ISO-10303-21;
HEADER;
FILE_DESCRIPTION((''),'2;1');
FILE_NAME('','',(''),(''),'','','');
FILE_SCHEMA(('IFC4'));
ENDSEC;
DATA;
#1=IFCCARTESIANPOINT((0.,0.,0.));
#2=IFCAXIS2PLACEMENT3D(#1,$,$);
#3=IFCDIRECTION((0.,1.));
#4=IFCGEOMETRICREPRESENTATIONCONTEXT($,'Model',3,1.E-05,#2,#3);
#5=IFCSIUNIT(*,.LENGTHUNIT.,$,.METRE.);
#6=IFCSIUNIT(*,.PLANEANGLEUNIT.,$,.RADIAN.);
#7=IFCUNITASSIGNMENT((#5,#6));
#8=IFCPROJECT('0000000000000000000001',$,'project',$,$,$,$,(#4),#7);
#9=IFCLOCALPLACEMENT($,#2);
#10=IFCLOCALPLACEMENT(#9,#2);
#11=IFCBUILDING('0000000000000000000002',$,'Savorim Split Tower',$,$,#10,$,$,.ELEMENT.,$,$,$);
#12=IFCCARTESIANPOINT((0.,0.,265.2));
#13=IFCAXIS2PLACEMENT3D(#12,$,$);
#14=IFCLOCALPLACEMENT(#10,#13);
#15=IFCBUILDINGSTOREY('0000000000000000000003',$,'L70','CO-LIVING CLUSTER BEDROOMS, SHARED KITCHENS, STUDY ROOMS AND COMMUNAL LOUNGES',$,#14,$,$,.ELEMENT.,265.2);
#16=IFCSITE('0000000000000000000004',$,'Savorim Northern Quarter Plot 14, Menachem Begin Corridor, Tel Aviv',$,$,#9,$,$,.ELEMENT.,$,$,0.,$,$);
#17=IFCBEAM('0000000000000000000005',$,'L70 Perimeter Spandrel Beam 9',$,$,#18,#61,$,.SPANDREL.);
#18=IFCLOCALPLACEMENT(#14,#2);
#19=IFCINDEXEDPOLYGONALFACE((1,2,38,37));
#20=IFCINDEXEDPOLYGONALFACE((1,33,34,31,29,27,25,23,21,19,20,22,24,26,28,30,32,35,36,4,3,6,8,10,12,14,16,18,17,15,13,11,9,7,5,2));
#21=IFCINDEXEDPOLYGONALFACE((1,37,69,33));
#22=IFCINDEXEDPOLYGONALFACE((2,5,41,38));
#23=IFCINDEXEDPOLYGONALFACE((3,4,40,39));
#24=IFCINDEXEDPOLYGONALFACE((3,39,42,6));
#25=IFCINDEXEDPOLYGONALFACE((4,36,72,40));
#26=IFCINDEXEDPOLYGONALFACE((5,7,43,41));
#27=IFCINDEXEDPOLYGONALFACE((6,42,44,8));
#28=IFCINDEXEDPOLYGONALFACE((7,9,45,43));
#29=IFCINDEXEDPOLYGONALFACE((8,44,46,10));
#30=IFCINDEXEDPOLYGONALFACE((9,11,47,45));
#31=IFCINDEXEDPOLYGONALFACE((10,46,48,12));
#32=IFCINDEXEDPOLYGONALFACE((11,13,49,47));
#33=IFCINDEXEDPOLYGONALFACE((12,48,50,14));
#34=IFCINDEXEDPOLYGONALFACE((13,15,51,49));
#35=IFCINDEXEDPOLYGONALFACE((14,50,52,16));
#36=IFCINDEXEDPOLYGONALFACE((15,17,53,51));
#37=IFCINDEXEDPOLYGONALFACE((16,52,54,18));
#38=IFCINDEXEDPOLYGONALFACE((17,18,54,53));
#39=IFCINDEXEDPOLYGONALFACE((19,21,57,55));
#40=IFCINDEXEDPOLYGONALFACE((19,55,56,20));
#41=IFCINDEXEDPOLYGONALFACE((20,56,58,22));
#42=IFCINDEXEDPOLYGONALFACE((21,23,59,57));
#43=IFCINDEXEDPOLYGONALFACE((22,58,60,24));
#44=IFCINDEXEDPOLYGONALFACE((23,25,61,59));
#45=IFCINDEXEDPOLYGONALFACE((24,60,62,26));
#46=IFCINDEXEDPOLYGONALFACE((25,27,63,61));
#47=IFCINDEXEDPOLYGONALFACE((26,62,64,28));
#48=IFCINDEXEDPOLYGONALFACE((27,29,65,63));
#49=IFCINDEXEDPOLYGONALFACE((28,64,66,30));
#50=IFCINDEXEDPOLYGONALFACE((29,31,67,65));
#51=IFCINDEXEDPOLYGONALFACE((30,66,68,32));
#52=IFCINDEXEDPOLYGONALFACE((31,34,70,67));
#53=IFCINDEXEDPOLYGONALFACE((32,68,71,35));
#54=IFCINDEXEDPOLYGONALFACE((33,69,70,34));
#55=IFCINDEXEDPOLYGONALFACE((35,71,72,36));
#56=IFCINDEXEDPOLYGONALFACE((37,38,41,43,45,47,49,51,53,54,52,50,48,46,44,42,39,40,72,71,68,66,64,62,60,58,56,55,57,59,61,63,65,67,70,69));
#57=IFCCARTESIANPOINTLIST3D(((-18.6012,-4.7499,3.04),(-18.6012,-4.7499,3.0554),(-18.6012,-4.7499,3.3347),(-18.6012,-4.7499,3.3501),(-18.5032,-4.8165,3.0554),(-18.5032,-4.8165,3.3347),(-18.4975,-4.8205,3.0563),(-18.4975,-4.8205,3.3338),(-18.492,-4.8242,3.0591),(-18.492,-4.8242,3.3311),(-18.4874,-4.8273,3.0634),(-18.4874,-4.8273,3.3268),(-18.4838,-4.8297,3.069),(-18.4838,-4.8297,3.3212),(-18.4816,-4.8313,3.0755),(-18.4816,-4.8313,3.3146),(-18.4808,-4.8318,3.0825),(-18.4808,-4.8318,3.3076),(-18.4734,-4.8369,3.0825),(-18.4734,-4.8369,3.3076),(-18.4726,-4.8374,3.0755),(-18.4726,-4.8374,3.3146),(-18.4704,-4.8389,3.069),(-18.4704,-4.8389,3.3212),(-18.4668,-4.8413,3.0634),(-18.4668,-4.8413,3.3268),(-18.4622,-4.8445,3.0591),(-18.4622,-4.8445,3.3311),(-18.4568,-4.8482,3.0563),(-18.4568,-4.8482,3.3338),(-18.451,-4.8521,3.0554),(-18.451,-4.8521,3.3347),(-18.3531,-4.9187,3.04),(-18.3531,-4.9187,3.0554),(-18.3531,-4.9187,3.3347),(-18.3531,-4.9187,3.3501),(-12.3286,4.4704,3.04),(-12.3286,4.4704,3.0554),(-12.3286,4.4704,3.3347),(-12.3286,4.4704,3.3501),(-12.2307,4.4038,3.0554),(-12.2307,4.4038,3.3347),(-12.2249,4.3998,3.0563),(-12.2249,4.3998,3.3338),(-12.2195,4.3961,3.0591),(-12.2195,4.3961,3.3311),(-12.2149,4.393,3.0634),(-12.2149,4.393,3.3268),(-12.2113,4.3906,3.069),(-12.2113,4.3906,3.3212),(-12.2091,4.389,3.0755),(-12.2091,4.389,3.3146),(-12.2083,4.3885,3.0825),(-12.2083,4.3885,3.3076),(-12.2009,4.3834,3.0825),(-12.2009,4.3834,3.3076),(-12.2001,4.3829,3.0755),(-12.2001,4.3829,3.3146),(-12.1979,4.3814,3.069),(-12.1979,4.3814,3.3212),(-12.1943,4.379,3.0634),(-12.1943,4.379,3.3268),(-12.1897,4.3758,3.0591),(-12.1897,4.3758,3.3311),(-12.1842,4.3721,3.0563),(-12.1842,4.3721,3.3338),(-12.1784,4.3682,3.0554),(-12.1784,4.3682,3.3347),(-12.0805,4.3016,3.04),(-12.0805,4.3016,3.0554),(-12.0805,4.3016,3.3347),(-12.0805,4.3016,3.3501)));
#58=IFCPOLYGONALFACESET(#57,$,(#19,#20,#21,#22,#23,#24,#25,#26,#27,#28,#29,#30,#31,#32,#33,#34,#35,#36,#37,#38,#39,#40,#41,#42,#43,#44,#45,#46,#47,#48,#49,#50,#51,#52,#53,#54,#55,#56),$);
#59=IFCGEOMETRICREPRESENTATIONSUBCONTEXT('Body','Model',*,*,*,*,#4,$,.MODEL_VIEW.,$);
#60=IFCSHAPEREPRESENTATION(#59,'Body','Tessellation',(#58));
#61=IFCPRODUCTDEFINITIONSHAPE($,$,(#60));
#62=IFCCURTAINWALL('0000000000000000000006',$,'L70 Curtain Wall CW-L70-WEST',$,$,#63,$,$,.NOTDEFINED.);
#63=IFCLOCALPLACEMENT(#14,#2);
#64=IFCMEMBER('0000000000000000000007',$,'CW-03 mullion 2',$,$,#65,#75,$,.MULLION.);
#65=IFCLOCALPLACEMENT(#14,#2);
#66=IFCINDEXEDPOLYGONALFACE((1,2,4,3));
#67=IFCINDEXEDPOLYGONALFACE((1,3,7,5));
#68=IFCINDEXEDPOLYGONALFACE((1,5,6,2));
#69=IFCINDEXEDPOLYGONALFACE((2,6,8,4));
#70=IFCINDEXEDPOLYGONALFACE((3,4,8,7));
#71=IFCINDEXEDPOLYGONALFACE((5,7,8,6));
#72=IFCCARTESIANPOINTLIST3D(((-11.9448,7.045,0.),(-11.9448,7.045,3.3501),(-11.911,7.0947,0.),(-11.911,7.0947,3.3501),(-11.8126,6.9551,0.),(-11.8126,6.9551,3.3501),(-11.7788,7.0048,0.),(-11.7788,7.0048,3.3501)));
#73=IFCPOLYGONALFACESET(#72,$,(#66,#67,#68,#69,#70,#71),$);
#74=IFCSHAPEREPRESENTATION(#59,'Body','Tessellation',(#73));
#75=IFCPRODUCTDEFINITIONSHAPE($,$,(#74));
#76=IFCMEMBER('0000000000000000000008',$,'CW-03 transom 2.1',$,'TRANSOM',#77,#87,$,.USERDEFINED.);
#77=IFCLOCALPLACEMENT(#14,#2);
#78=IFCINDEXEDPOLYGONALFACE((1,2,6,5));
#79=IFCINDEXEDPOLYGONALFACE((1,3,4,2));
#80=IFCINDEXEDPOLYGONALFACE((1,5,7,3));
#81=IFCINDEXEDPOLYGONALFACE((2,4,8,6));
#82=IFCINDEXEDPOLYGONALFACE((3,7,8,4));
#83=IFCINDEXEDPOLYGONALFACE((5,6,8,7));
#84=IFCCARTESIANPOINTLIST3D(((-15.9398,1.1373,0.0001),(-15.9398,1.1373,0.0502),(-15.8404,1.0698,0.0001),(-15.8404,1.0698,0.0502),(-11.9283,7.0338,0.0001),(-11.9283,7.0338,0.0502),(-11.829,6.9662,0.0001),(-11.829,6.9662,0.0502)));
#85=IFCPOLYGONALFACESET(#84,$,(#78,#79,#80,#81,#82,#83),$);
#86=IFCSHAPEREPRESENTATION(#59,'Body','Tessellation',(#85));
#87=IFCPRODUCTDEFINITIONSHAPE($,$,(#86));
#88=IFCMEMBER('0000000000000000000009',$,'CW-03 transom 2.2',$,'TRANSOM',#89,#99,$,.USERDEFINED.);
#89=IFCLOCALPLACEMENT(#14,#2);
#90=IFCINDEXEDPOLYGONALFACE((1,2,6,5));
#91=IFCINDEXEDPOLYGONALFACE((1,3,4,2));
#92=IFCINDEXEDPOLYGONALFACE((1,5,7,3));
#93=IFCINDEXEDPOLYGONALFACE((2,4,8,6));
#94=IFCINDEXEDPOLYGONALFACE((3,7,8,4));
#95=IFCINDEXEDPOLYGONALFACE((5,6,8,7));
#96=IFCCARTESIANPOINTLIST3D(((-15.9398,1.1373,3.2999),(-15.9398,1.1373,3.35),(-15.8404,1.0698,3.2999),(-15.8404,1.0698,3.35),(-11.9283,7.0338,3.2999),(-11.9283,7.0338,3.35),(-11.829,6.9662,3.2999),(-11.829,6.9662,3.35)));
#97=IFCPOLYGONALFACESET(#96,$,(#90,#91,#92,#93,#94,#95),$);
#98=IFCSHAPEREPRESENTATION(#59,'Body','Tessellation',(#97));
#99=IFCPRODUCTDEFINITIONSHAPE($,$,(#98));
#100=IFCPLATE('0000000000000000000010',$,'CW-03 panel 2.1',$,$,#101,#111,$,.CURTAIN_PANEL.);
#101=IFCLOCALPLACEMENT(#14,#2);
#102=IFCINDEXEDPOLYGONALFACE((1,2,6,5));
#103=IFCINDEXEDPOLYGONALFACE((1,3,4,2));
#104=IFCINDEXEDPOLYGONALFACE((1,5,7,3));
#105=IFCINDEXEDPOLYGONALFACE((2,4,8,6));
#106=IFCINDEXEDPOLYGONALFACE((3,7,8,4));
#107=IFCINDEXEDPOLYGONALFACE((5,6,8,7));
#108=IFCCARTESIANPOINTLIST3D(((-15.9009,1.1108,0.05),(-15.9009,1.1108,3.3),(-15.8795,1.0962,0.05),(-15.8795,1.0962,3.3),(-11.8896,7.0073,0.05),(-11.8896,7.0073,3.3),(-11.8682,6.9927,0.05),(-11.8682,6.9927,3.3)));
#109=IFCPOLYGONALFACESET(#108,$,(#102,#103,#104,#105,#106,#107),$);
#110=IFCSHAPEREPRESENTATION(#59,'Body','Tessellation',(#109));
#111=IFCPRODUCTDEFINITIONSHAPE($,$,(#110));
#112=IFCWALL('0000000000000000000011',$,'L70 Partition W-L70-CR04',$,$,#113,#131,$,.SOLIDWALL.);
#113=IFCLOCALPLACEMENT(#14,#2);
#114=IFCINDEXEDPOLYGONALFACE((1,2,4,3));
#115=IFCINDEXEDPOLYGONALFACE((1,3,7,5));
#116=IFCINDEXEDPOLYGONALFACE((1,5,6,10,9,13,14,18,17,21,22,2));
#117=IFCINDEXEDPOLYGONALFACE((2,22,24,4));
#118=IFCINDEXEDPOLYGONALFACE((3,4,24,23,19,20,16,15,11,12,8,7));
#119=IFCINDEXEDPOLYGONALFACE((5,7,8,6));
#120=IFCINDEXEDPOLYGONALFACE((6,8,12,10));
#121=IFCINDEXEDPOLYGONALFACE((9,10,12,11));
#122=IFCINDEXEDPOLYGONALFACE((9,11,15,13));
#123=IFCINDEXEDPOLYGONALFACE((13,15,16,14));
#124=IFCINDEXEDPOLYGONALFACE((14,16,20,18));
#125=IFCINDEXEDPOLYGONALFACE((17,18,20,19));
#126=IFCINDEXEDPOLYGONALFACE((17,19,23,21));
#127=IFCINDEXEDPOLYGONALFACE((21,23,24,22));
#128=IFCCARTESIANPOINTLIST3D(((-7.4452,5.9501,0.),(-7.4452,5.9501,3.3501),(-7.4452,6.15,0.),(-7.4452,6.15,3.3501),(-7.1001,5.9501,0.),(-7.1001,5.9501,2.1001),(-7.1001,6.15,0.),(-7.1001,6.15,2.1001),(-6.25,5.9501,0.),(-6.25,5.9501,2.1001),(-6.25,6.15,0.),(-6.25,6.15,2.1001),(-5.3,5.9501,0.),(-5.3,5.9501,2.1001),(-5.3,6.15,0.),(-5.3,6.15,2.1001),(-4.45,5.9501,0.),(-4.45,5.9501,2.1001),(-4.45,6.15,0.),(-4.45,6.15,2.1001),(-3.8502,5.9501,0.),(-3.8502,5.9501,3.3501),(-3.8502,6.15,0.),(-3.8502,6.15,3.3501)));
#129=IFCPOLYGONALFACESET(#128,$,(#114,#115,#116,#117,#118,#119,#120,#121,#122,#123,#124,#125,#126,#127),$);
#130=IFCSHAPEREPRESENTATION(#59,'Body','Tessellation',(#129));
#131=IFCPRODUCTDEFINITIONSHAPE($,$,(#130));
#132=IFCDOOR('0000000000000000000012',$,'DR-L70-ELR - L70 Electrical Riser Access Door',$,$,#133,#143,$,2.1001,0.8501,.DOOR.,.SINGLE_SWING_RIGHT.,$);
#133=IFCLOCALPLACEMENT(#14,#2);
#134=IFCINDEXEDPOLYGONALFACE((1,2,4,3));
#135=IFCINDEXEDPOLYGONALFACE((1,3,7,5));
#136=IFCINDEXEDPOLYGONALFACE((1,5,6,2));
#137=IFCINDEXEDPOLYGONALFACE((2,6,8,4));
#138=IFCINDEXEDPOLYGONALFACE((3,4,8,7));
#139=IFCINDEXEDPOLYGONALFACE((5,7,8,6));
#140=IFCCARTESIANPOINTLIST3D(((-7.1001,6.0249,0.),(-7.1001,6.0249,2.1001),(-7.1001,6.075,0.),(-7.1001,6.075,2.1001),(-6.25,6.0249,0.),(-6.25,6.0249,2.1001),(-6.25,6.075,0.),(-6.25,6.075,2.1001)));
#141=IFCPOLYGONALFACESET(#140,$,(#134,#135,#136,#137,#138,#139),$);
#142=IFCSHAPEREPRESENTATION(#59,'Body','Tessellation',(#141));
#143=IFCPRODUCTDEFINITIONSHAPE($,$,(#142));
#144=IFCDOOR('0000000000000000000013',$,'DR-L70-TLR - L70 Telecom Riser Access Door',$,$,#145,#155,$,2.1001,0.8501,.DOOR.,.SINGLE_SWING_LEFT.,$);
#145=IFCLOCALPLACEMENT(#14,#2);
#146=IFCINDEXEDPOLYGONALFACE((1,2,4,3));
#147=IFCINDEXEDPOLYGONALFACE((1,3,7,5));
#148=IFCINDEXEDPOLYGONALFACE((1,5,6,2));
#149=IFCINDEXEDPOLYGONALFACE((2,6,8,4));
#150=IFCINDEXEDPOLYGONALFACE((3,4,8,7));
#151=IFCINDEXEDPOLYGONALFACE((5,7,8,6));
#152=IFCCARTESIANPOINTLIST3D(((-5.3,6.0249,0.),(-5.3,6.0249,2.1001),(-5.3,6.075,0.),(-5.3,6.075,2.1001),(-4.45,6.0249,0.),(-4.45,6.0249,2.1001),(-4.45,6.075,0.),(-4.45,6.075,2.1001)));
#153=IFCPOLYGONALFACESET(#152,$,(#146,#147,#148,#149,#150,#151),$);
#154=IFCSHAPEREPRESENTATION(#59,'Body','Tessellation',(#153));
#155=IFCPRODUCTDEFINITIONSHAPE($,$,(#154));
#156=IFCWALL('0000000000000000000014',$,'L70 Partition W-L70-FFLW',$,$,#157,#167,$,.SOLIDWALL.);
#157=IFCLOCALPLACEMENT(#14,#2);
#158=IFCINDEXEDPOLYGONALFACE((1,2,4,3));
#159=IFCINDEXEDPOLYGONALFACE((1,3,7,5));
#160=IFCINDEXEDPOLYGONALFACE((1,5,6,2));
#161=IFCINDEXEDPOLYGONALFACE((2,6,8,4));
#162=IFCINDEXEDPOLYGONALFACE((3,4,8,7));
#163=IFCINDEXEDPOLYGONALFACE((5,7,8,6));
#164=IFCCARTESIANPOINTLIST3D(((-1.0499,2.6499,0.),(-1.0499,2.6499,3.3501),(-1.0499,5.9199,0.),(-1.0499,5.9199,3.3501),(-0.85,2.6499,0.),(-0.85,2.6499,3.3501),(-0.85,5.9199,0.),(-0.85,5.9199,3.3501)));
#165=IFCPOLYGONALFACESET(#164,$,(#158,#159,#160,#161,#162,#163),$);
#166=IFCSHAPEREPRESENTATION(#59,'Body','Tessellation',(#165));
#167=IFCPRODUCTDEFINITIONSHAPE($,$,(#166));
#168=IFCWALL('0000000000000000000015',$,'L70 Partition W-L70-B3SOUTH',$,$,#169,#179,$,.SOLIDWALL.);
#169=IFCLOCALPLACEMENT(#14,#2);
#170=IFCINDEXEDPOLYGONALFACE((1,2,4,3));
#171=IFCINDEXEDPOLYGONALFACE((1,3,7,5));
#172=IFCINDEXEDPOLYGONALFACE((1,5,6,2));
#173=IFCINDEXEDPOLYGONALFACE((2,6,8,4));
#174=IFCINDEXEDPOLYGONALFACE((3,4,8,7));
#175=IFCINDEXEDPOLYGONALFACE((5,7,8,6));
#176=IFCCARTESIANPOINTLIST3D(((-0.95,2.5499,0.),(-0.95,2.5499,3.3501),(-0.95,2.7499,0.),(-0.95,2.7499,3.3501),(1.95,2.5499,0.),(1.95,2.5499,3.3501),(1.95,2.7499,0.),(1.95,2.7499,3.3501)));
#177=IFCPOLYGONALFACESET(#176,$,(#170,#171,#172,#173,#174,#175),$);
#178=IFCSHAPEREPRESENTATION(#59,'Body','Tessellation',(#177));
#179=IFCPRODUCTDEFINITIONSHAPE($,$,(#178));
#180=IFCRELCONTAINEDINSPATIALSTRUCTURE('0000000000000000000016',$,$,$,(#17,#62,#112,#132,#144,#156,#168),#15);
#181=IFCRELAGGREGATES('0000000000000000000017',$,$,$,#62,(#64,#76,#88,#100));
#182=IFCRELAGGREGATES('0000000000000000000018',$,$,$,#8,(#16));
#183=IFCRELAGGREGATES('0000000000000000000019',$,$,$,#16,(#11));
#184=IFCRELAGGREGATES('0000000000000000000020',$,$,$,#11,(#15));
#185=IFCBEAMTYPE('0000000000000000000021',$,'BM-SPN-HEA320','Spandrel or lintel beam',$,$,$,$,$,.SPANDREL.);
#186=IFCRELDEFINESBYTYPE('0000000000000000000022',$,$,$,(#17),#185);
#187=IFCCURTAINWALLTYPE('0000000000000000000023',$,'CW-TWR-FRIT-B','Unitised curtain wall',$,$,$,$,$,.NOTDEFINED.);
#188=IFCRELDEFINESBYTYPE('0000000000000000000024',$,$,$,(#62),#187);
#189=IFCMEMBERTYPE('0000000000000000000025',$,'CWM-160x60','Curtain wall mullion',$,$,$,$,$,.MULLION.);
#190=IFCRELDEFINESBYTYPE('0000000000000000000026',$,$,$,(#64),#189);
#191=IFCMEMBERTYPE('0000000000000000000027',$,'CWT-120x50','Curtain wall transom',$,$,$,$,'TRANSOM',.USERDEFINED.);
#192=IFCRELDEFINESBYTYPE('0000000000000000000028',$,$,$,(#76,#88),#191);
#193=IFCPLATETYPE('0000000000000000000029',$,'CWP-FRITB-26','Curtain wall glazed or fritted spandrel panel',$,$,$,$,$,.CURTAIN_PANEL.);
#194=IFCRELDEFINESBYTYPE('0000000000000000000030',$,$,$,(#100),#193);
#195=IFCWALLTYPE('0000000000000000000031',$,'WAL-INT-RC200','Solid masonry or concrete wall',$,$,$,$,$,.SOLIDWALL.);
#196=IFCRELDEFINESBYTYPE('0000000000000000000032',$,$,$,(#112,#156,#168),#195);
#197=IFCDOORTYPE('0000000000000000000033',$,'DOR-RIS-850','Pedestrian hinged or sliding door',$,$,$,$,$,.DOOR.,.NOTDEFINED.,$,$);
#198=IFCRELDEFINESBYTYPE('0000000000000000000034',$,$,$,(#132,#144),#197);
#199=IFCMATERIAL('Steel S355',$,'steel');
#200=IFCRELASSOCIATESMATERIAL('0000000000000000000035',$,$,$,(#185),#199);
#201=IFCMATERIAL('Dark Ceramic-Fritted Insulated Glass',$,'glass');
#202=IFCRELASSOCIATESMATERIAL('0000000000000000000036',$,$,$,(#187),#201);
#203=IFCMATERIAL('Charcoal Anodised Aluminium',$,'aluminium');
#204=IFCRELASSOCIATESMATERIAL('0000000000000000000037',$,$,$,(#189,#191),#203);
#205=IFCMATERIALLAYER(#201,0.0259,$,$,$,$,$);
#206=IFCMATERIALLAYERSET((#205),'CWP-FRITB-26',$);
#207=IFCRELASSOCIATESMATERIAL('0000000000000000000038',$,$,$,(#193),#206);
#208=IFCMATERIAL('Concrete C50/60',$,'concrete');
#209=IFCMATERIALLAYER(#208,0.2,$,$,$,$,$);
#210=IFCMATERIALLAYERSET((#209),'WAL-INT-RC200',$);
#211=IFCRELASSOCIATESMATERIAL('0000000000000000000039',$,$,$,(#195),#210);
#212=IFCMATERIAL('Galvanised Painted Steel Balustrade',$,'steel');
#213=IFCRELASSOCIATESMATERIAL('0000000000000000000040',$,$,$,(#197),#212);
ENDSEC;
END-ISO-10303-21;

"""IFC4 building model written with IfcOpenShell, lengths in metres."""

from ifc_helpers import new_model, si_unit, direction, frame, frame_2d, origin, origin_2d, place, context, subcontext, project, spatial, rectangle, i_section, extrude, material, layer, layer_set, material_profile, profile_set, type_object, element, fill, aggregate, save


model = new_model("IFC4")

# Units and contexts
model_context = context("Model", 3, precision=1e-05, world=origin(), true_north=direction((0.0, 1.0)))
body_context = subcontext(model_context, "Body", "Model", "MODEL_VIEW")
ifc_project = project(units=[si_unit("LENGTHUNIT", "METRE"), si_unit("PLANEANGLEUNIT", "RADIAN")], contexts=[model_context])

# Site, building, storey
site_placement = place(None, origin())
site = spatial("IfcSite", under=ifc_project, at=site_placement, Name="Savorim Northern Quarter Plot 14, Menachem Begin Corridor, Tel Aviv", CompositionType="ELEMENT", RefElevation=0.0)
building_placement = place(site_placement, origin())
building = spatial("IfcBuilding", under=site, at=building_placement, Name="Savorim Split Tower", CompositionType="ELEMENT")
storey_placement = place(building_placement, frame((0.0, 0.0, 265.2)))
storey = spatial("IfcBuildingStorey", under=building, at=storey_placement, Name="L70", Description="CO-LIVING CLUSTER BEDROOMS, SHARED KITCHENS, STUDY ROOMS AND COMMUNAL LOUNGES", CompositionType="ELEMENT", Elevation=265.2)

# Shared definitions
ifc_material_1 = material(Name="Steel S355", Category="steel")

# Beam
ifc_material_profile_1 = material_profile(ifc_material_1, i_section(OverallWidth=0.3, OverallDepth=0.3101, WebThickness=0.009, FlangeThickness=0.0154, FilletRadius=0.0271, at=origin_2d()), Name="HEA 320")
ifc_profile_set_1 = profile_set([ifc_material_profile_1], Name="Steel S355")
beam_type_1 = type_object("IfcBeamType", Name="BM-SPN-HEA320", Description="Spandrel or lintel beam", PredefinedType="SPANDREL", material=ifc_profile_set_1)
beam_1_placement = place(storey_placement, frame((-12.2046, 4.386, 3.1951), z_axis=(-0.562476, -0.826813, 0.0), x_axis=(0.826813, -0.562476, 0.0)))
element("IfcBeam", 1, at=beam_1_placement, inside=storey, type_object=beam_type_1, Name="L70 Perimeter Spandrel Beam 9", PredefinedType="SPANDREL", context=body_context, shape_type="SweptSolid", body=[
    extrude(i_section(OverallWidth=0.3, OverallDepth=0.3101, WebThickness=0.009, FlangeThickness=0.0154, FilletRadius=0.0271, at=origin_2d()), origin(), (0.0, 0.0, 1.0), 11.1516),
])

# Curtain wall, members, plate
ifc_material_2 = material(Name="Dark Ceramic-Fritted Insulated Glass", Category="glass")
curtain_wall_type = type_object("IfcCurtainWallType", Name="CW-TWR-FRIT-B", Description="Unitised curtain wall", PredefinedType="NOTDEFINED", material=ifc_material_2)
curtain_wall_placement = place(storey_placement, origin())
curtain_wall = element("IfcCurtainWall", 2, at=curtain_wall_placement, inside=storey, type_object=curtain_wall_type, Name="L70 Curtain Wall CW-L70-WEST", PredefinedType="NOTDEFINED")
ifc_material_3 = material(Name="Charcoal Anodised Aluminium", Category="aluminium")
ifc_material_profile_2 = material_profile(ifc_material_3, rectangle(XDim=0.1599, YDim=0.0601, at=origin_2d()), Name="ALU-M 160x60")
ifc_profile_set_2 = profile_set([ifc_material_profile_2], Name="Charcoal Anodised Aluminium")
member_type_1 = type_object("IfcMemberType", Name="CWM-160x60", Description="Curtain wall mullion", PredefinedType="MULLION", material=ifc_profile_set_2)
member_1_placement = place(storey_placement, frame((-11.8618, 7.0249, 0.0), z_axis=(0.0, 0.0, 1.0), x_axis=(0.826817, -0.56247, 0.0)))
member_1 = element("IfcMember", 3, at=member_1_placement, type_object=member_type_1, Name="CW-03 mullion 2", PredefinedType="MULLION", context=body_context, shape_type="SweptSolid", body=[
    extrude(rectangle(XDim=0.1599, YDim=0.0601, at=origin_2d()), origin(), (0.0, 0.0, 1.0), 3.3501),
])
ifc_material_profile_3 = material_profile(ifc_material_3, rectangle(XDim=0.1201, YDim=0.05, at=origin_2d()), Name="ALU-T 120x50")
ifc_profile_set_3 = profile_set([ifc_material_profile_3], Name="Charcoal Anodised Aluminium")
member_type_2 = type_object("IfcMemberType", Name="CWT-120x50", Description="Curtain wall transom", ElementType="TRANSOM", PredefinedType="USERDEFINED", material=ifc_profile_set_3)
member_2_placement = place(storey_placement, frame((-11.8787, 7.0, 0.0251), z_axis=(-0.562489, -0.826805, 0.0), x_axis=(0.826805, -0.562489, 0.0)))
member_2 = element("IfcMember", 4, at=member_2_placement, type_object=member_type_2, Name="CW-03 transom 2.1", ObjectType="TRANSOM", PredefinedType="USERDEFINED", context=body_context, shape_type="SweptSolid", body=[
    extrude(rectangle(XDim=0.1201, YDim=0.05, at=origin_2d()), origin(), (0.0, 0.0, 1.0), 7.1316),
])
member_3_placement = place(storey_placement, frame((-11.8787, 7.0, 3.325), z_axis=(-0.562489, -0.826805, 0.0), x_axis=(0.826805, -0.562489, 0.0)))
member_3 = element("IfcMember", 5, at=member_3_placement, type_object=member_type_2, Name="CW-03 transom 2.2", ObjectType="TRANSOM", PredefinedType="USERDEFINED", context=body_context, shape_type="SweptSolid", body=[
    extrude(rectangle(XDim=0.1201, YDim=0.05, at=origin_2d()), origin(), (0.0, 0.0, 1.0), 7.1316),
])
ifc_layer_1 = layer(ifc_material_2, 0.0259)
ifc_layer_set_1 = layer_set([ifc_layer_1], Name="CWP-FRITB-26")
plate_type = type_object("IfcPlateType", Name="CWP-FRITB-26", Description="Curtain wall glazed or fritted spandrel panel", PredefinedType="CURTAIN_PANEL", material=ifc_layer_set_1)
plate_placement = place(storey_placement, frame((-13.8845, 4.0518, 0.05), z_axis=(0.0, 0.0, 1.0), x_axis=(-0.56247, -0.826817, 0.0)))
plate = element("IfcPlate", 6, at=plate_placement, type_object=plate_type, Name="CW-03 panel 2.1", PredefinedType="CURTAIN_PANEL", context=body_context, shape_type="SweptSolid", body=[
    extrude(rectangle(XDim=7.1316, YDim=0.0259, at=origin_2d()), origin(), (0.0, 0.0, 1.0), 3.25),
])
aggregate(curtain_wall, [member_1, member_2, member_3, plate])

# Wall, openings, doors
ifc_material_4 = material(Name="Concrete C50/60", Category="concrete")
ifc_layer_2 = layer(ifc_material_4, 0.2)
ifc_layer_set_2 = layer_set([ifc_layer_2], Name="WAL-INT-RC200")
wall_type_1 = type_object("IfcWallType", Name="WAL-INT-RC200", Description="Solid masonry or concrete wall", PredefinedType="SOLIDWALL", material=ifc_layer_set_2)
wall_1_placement = place(storey_placement, frame((-7.4451, 6.05, 0.0), z_axis=(0.0, 0.0, 1.0), x_axis=(1.0, 0.0, 0.0)))
wall_1 = element("IfcWall", 7, at=wall_1_placement, inside=storey, type_object=wall_type_1, Name="L70 Partition W-L70-CR04", PredefinedType="SOLIDWALL", context=body_context, shape_type="SweptSolid", body=[
    extrude(rectangle(XDim=3.595, YDim=0.2, at=frame_2d((1.7974, 0.0))), origin(), (0.0, 0.0, 1.0), 3.3501),
])
opening_1_placement = place(wall_1_placement, frame((0.345, 0.0, 0.0)))
opening_1 = element("IfcOpeningElement", 8, at=opening_1_placement, cuts=wall_1, PredefinedType="OPENING", context=body_context, shape_type="SweptSolid", body=[
    extrude(rectangle(XDim=0.8501, YDim=2.1001, at=frame_2d((0.425, 1.05))), frame((0.0, 0.1099, 0.0), z_axis=(0.0, -1.0, 0.0), x_axis=(1.0, 0.0, 0.0)), (0.0, 0.0, 1.0), 0.22),
])
opening_2_placement = place(wall_1_placement, frame((2.145, 0.0, 0.0)))
opening_2 = element("IfcOpeningElement", 9, at=opening_2_placement, cuts=wall_1, PredefinedType="OPENING", context=body_context, shape_type="SweptSolid", body=[
    extrude(rectangle(XDim=0.8501, YDim=2.1001, at=frame_2d((0.425, 1.05))), frame((0.0, 0.1099, 0.0), z_axis=(0.0, -1.0, 0.0), x_axis=(1.0, 0.0, 0.0)), (0.0, 0.0, 1.0), 0.22),
])
ifc_material_5 = material(Name="Galvanised Painted Steel Balustrade", Category="steel")
door_type = type_object("IfcDoorType", Name="DOR-RIS-850", Description="Pedestrian hinged or sliding door", OperationType="NOTDEFINED", PredefinedType="DOOR", material=ifc_material_5)
door_1_placement = place(opening_1_placement, origin())
door_1 = element("IfcDoor", 10, at=door_1_placement, inside=storey, type_object=door_type, Name="DR-L70-ELR - L70 Electrical Riser Access Door", OperationType="SINGLE_SWING_RIGHT", OverallHeight=2.1001, OverallWidth=0.8501, PredefinedType="DOOR", context=body_context, shape_type="SweptSolid", body=[
    extrude(rectangle(XDim=0.8501, YDim=2.1001, at=frame_2d((0.425, 1.05))), frame((0.0, 0.0249, 0.0), z_axis=(0.0, -1.0, 0.0), x_axis=(1.0, 0.0, 0.0)), (0.0, 0.0, 1.0), 0.05),
])
fill(opening_1, door_1)
door_2_placement = place(opening_2_placement, origin())
door_2 = element("IfcDoor", 11, at=door_2_placement, inside=storey, type_object=door_type, Name="DR-L70-TLR - L70 Telecom Riser Access Door", OperationType="SINGLE_SWING_LEFT", OverallHeight=2.1001, OverallWidth=0.8501, PredefinedType="DOOR", context=body_context, shape_type="SweptSolid", body=[
    extrude(rectangle(XDim=0.8501, YDim=2.1001, at=frame_2d((0.425, 1.05))), frame((0.0, 0.0249, 0.0), z_axis=(0.0, -1.0, 0.0), x_axis=(1.0, 0.0, 0.0)), (0.0, 0.0, 1.0), 0.05),
])
fill(opening_2, door_2)

# Walls
wall_2_placement = place(storey_placement, frame((-0.95, 2.6499, 0.0), z_axis=(0.0, 0.0, 1.0), x_axis=(0.0, 1.0, 0.0)))
element("IfcWall", 12, at=wall_2_placement, inside=storey, type_object=wall_type_1, Name="L70 Partition W-L70-FFLW", PredefinedType="SOLIDWALL", context=body_context, shape_type="SweptSolid", body=[
    extrude(rectangle(XDim=3.27, YDim=0.2, at=frame_2d((1.635, 0.0))), origin(), (0.0, 0.0, 1.0), 3.3501),
])
wall_3_placement = place(storey_placement, frame((-0.95, 2.6499, 0.0), z_axis=(0.0, 0.0, 1.0), x_axis=(1.0, 0.0, 0.0)))
element("IfcWall", 13, at=wall_3_placement, inside=storey, type_object=wall_type_1, Name="L70 Partition W-L70-B3SOUTH", PredefinedType="SOLIDWALL", context=body_context, shape_type="SweptSolid", body=[
    extrude(rectangle(XDim=2.8999, YDim=0.2, at=frame_2d((1.45, 0.0))), origin(), (0.0, 0.0, 1.0), 3.3501),
])

save(model, "model.ifc")
